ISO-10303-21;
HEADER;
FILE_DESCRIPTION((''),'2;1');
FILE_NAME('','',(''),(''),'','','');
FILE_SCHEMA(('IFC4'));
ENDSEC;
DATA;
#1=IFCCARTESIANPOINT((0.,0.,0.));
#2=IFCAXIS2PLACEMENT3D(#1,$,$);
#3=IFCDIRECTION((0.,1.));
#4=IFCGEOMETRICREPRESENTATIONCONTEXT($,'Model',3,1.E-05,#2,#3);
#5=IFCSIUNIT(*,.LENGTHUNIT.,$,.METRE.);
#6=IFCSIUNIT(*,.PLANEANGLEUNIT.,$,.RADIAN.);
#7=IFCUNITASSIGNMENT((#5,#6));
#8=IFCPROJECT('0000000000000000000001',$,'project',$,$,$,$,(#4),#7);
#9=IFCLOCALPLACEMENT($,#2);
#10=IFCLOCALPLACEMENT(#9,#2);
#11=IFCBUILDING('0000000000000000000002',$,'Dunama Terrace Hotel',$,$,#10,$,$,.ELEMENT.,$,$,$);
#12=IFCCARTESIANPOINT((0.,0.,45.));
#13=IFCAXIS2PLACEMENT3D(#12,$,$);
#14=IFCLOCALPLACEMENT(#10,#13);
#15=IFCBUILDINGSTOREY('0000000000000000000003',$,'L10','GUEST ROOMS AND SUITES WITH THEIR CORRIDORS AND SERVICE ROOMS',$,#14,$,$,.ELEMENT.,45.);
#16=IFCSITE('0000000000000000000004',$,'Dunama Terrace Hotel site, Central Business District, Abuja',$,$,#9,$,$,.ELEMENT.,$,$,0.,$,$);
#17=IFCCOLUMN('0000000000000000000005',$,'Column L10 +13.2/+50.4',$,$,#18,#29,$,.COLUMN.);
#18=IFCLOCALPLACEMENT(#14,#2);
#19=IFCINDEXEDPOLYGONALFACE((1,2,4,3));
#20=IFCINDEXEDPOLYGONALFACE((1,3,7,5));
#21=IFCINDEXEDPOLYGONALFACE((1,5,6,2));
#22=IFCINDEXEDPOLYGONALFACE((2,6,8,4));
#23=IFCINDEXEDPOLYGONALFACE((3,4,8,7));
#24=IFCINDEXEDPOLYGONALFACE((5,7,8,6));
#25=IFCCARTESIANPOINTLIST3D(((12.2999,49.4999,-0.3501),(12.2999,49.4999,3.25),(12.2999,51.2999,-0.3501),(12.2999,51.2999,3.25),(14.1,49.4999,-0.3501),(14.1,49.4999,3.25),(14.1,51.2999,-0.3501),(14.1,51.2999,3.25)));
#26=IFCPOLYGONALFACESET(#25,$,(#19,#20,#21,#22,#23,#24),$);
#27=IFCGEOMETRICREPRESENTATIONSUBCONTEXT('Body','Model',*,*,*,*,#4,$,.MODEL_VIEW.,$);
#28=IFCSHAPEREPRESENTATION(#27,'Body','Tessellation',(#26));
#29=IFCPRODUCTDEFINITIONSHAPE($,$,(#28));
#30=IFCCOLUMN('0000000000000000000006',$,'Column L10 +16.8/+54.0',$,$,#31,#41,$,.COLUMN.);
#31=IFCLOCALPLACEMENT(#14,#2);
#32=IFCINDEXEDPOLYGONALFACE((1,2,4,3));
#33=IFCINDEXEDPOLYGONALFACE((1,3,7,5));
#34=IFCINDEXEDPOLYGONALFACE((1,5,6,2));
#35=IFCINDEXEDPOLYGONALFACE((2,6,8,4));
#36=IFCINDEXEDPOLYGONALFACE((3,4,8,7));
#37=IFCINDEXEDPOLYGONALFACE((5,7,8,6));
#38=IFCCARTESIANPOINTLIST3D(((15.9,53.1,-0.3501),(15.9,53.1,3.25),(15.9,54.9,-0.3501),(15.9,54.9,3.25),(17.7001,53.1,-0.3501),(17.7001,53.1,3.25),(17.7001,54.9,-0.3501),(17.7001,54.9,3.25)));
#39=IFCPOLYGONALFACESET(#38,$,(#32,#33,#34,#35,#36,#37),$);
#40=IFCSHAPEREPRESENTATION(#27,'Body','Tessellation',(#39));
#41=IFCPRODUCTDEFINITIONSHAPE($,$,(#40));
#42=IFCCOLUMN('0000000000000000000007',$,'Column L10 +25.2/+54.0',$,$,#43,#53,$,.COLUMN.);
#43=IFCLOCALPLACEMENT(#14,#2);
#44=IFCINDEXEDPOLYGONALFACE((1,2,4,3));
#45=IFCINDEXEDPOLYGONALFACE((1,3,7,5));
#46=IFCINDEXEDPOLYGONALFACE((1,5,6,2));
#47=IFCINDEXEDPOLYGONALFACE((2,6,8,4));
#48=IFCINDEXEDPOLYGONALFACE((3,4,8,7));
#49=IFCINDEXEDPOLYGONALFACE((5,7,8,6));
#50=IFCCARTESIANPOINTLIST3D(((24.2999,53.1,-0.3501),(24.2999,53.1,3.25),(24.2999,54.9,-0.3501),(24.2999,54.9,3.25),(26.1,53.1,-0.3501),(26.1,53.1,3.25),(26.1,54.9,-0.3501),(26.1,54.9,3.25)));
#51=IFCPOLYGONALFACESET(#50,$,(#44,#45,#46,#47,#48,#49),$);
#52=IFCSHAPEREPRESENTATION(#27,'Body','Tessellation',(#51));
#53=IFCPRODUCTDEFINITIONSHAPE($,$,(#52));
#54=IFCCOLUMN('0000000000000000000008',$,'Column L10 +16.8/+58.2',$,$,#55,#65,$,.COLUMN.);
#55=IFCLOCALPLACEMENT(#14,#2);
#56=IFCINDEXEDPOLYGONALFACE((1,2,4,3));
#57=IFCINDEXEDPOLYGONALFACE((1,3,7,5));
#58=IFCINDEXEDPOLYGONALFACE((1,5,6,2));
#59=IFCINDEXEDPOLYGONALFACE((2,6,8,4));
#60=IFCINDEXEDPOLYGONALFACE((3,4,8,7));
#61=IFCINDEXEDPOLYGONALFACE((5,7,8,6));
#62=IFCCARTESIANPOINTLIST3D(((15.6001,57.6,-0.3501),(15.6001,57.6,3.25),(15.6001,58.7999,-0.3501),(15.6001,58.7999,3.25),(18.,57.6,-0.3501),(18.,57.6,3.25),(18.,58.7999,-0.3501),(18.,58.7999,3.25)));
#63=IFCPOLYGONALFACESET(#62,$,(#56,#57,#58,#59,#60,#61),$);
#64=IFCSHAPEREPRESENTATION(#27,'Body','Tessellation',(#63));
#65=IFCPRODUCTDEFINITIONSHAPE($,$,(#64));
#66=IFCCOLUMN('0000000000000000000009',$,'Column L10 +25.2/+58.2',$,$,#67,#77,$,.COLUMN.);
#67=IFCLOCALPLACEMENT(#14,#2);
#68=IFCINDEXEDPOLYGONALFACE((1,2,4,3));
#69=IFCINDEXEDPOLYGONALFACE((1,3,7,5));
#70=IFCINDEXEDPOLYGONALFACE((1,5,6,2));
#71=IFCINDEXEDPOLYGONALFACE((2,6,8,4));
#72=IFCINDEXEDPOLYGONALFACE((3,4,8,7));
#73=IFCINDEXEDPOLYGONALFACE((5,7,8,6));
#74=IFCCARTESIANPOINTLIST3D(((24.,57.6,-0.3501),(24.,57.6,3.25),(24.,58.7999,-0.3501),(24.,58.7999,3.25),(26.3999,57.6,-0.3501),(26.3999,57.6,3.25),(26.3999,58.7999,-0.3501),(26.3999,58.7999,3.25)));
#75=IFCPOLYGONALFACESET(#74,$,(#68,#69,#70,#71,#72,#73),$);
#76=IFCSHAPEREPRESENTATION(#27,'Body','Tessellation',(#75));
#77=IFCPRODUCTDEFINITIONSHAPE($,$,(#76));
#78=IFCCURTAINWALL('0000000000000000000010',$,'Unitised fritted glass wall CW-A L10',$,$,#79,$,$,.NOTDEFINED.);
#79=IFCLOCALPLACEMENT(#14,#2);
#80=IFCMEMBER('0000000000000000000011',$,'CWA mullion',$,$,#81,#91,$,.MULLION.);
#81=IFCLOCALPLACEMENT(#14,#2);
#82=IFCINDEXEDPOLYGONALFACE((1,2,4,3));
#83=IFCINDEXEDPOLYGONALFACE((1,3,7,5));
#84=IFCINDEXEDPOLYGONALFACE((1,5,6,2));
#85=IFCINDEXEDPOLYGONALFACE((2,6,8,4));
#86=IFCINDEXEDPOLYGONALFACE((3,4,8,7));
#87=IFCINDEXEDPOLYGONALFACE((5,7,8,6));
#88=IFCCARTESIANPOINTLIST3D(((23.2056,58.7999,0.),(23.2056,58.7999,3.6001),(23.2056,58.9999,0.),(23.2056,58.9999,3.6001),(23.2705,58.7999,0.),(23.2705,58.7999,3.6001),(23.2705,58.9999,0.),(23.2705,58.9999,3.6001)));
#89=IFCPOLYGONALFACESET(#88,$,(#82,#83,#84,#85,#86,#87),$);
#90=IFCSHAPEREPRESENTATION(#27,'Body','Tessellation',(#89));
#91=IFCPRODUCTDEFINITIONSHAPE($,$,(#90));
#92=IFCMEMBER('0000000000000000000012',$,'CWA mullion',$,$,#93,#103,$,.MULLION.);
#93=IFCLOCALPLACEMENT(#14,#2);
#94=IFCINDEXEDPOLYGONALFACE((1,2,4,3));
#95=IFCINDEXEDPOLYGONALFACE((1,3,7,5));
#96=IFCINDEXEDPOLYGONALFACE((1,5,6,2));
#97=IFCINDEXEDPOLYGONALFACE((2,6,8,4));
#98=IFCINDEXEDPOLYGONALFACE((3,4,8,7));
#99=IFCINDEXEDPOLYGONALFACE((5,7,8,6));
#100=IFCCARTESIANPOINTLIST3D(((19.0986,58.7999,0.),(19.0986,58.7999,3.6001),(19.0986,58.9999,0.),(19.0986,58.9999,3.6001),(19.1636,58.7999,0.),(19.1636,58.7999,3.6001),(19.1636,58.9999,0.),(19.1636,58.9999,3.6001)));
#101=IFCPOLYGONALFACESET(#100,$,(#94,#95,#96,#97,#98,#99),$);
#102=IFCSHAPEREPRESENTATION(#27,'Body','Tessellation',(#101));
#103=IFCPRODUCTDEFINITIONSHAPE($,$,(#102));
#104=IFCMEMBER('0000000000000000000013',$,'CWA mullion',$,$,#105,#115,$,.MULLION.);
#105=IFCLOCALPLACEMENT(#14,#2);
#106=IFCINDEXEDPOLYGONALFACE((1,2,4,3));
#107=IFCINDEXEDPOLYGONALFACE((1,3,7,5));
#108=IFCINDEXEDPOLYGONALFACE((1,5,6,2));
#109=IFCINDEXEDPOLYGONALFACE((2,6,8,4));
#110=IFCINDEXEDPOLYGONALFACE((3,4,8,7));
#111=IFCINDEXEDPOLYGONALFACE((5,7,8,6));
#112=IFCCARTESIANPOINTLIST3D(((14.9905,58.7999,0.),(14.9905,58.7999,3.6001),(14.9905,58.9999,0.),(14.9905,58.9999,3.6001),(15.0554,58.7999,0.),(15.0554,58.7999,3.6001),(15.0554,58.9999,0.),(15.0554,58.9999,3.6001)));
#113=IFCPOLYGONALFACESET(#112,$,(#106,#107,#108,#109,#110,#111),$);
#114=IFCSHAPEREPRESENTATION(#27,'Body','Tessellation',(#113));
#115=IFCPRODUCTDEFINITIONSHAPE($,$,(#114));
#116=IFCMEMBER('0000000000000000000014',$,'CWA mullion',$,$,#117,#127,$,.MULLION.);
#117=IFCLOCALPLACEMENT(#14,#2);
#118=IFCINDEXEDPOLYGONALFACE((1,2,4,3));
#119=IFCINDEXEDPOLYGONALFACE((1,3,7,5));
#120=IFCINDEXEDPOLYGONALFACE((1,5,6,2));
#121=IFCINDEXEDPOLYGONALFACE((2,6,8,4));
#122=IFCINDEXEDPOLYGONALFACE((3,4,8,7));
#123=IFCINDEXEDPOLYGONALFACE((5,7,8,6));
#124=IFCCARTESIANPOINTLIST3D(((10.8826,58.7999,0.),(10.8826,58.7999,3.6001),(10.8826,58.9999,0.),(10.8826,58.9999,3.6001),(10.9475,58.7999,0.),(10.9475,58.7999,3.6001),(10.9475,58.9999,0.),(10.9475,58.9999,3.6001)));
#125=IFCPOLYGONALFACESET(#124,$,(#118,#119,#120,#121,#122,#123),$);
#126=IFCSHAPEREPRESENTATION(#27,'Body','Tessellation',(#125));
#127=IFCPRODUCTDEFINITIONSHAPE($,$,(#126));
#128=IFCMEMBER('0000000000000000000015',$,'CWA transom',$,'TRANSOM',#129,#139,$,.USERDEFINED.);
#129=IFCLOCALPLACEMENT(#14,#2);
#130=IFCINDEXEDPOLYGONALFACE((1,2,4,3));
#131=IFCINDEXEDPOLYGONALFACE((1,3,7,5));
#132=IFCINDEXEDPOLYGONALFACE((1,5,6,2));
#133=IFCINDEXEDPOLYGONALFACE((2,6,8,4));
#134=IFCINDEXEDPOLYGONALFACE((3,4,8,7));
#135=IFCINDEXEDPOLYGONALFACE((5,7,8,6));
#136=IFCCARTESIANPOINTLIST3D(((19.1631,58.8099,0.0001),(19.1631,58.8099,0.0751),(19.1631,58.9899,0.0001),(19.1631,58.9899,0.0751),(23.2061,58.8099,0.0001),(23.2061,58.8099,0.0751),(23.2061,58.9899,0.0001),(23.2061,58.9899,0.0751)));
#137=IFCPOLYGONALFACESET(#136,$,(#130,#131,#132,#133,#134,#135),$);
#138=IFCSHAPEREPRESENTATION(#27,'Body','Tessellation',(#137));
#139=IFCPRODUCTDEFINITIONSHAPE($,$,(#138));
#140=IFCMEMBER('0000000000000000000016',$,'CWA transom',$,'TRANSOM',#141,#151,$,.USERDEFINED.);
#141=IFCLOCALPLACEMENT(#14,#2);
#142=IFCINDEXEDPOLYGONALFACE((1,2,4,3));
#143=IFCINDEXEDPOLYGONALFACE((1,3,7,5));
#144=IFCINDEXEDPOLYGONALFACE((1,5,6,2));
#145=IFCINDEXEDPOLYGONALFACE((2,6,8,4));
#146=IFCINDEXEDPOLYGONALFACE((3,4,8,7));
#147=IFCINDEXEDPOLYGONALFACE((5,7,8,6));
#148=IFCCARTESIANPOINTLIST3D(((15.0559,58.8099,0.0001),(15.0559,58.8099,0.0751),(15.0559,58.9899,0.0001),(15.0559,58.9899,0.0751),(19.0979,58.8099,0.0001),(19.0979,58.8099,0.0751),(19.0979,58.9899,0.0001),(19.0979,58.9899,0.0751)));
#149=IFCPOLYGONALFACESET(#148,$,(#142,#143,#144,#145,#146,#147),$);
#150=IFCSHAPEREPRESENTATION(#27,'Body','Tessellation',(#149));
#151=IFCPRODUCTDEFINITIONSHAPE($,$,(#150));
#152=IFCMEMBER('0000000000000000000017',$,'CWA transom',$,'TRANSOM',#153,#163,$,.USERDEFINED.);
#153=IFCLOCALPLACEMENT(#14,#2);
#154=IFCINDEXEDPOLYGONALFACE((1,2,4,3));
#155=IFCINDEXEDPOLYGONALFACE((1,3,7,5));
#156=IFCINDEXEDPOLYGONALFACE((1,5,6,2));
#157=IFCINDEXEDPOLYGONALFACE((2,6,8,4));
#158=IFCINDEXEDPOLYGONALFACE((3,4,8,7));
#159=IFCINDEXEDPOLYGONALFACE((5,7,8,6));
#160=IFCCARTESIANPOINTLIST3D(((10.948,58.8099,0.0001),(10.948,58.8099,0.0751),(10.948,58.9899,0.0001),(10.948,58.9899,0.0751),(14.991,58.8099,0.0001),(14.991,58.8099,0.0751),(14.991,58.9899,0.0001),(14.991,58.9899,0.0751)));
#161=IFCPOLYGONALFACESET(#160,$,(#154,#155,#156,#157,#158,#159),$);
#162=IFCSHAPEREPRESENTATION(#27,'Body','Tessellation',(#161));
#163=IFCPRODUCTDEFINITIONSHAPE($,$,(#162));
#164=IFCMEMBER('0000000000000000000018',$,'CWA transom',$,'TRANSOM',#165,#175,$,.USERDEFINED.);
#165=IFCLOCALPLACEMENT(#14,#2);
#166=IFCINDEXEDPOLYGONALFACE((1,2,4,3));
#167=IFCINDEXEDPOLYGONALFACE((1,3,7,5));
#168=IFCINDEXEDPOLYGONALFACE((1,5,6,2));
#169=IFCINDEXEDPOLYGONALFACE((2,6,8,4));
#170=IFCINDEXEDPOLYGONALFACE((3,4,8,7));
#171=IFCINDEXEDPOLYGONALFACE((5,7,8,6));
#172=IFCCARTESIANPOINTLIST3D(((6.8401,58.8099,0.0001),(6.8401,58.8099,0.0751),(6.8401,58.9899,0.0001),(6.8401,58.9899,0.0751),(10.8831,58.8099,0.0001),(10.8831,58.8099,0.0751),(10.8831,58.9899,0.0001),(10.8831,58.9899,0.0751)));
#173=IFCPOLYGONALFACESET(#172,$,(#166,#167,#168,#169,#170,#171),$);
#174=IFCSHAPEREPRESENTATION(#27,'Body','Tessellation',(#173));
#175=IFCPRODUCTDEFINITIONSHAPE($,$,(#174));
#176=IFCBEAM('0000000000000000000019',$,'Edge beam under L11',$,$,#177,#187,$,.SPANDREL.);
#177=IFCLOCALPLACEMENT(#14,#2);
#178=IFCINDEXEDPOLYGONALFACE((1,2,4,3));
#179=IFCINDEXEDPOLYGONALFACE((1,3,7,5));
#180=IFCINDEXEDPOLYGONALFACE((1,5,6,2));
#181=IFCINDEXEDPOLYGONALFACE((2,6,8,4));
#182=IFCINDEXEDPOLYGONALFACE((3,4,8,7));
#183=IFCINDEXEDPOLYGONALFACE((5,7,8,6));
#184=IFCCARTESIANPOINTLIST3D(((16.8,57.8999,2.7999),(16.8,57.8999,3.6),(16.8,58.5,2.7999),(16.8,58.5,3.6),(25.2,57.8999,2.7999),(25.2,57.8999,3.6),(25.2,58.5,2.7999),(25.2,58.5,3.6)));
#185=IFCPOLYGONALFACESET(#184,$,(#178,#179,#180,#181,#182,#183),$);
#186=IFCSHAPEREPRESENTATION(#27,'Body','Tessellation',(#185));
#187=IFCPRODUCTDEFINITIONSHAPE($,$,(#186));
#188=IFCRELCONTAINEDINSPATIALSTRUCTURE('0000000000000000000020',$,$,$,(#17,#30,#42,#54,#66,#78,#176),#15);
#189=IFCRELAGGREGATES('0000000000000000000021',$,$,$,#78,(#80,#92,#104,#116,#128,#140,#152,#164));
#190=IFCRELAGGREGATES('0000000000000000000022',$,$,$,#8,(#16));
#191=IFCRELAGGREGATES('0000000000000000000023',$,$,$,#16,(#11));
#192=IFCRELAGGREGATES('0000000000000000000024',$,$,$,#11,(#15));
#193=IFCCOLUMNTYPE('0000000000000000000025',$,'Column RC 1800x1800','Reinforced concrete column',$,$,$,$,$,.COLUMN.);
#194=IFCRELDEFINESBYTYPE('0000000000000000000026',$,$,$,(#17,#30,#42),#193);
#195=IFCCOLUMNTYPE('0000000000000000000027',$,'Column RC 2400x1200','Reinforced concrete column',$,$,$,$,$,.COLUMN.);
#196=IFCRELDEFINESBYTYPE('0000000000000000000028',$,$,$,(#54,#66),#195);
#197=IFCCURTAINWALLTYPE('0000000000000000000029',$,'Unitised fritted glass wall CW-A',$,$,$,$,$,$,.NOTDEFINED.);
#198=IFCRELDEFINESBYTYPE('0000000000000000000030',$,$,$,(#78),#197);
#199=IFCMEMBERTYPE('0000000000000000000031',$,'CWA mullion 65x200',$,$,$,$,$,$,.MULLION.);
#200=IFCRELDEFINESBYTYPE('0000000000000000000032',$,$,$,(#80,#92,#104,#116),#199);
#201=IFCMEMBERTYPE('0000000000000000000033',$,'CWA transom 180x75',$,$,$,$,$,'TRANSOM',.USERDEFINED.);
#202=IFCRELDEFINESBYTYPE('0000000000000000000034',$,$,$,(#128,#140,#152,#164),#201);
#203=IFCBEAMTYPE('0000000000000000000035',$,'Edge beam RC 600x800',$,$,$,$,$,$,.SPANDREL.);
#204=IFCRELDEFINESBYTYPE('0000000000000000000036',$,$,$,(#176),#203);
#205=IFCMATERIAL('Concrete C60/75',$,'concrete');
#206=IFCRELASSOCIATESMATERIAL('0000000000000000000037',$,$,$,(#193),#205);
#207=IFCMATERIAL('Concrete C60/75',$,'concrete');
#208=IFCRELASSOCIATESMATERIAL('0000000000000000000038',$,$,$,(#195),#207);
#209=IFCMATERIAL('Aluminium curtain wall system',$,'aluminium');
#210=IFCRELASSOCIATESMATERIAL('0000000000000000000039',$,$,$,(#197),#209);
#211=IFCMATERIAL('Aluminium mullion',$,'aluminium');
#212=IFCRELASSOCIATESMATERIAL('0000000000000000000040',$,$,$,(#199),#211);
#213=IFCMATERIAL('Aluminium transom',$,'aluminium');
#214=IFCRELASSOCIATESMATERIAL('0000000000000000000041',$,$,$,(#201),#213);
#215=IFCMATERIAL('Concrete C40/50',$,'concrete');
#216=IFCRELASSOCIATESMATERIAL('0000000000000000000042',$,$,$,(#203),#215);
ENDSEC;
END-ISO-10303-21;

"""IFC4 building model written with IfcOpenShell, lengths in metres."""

from ifc_helpers import new_model, si_unit, direction, frame, origin, origin_2d, place, context, subcontext, project, spatial, rectangle, extrude, material, material_profile, profile_set, type_object, element, aggregate, save


model = new_model("IFC4")

# Units and contexts
model_context = context("Model", 3, precision=1e-05, world=origin(), true_north=direction((0.0, 1.0)))
body_context = subcontext(model_context, "Body", "Model", "MODEL_VIEW")
ifc_project = project(units=[si_unit("LENGTHUNIT", "METRE"), si_unit("PLANEANGLEUNIT", "RADIAN")], contexts=[model_context])

# Site, building, storey
site_placement = place(None, origin())
site = spatial("IfcSite", under=ifc_project, at=site_placement, Name="Dunama Terrace Hotel site, Central Business District, Abuja", CompositionType="ELEMENT", RefElevation=0.0)
building_placement = place(site_placement, origin())
building = spatial("IfcBuilding", under=site, at=building_placement, Name="Dunama Terrace Hotel", CompositionType="ELEMENT")
storey_placement = place(building_placement, frame((0.0, 0.0, 45.0)))
storey = spatial("IfcBuildingStorey", under=building, at=storey_placement, Name="L10", Description="GUEST ROOMS AND SUITES WITH THEIR CORRIDORS AND SERVICE ROOMS", CompositionType="ELEMENT", Elevation=45.0)

# Columns
ifc_material_1 = material(Name="Concrete C60/75", Category="concrete")
ifc_material_profile_1 = material_profile(ifc_material_1, rectangle(XDim=1.8, YDim=1.8, at=origin_2d()), Name="RC 1800x1800")
ifc_profile_set_1 = profile_set([ifc_material_profile_1], Name="Concrete C60/75")
column_type_1 = type_object("IfcColumnType", Name="Column RC 1800x1800", Description="Reinforced concrete column", PredefinedType="COLUMN", material=ifc_profile_set_1)
for number, where, z_axis, x_axis, name in (
    (1, (13.2, 50.3999, -0.3501), (0.0, 0.0, 1.0), (1.0, 0.0, 0.0), "Column L10 +13.2/+50.4"),
    (2, (16.8, 54.0, -0.3501), (0.0, 0.0, 1.0), (1.0, 0.0, 0.0), "Column L10 +16.8/+54.0"),
    (3, (25.2, 54.0, -0.3501), (0.0, 0.0, 1.0), (1.0, 0.0, 0.0), "Column L10 +25.2/+54.0"),
):
    element("IfcColumn", number, at=place(storey_placement, frame(where, z_axis=z_axis, x_axis=x_axis)), inside=storey, type_object=column_type_1, Name=name, PredefinedType="COLUMN", context=body_context, shape_type="SweptSolid", body=[
        extrude(rectangle(XDim=1.8, YDim=1.8, at=origin_2d()), origin(), (0.0, 0.0, 1.0), 3.6001),
    ])
ifc_material_2 = material(Name="Concrete C60/75", Category="concrete")
ifc_material_profile_2 = material_profile(ifc_material_2, rectangle(XDim=2.3999, YDim=1.2, at=origin_2d()), Name="RC 2400x1200")
ifc_profile_set_2 = profile_set([ifc_material_profile_2], Name="Concrete C60/75")
column_type_2 = type_object("IfcColumnType", Name="Column RC 2400x1200", Description="Reinforced concrete column", PredefinedType="COLUMN", material=ifc_profile_set_2)
for number, where, z_axis, x_axis, name in (
    (4, (16.8, 58.2, -0.3501), (0.0, 0.0, 1.0), (1.0, 0.0, 0.0), "Column L10 +16.8/+58.2"),
    (5, (25.2, 58.2, -0.3501), (0.0, 0.0, 1.0), (1.0, 0.0, 0.0), "Column L10 +25.2/+58.2"),
):
    element("IfcColumn", number, at=place(storey_placement, frame(where, z_axis=z_axis, x_axis=x_axis)), inside=storey, type_object=column_type_2, Name=name, PredefinedType="COLUMN", context=body_context, shape_type="SweptSolid", body=[
        extrude(rectangle(XDim=2.3999, YDim=1.2, at=origin_2d()), origin(), (0.0, 0.0, 1.0), 3.6001),
    ])

# Curtain wall, members
ifc_material_3 = material(Name="Aluminium curtain wall system", Category="aluminium")
curtain_wall_type = type_object("IfcCurtainWallType", Name="Unitised fritted glass wall CW-A", PredefinedType="NOTDEFINED", material=ifc_material_3)
curtain_wall_placement = place(storey_placement, origin())
curtain_wall = element("IfcCurtainWall", 6, at=curtain_wall_placement, inside=storey, type_object=curtain_wall_type, Name="Unitised fritted glass wall CW-A L10", PredefinedType="NOTDEFINED")
ifc_material_4 = material(Name="Aluminium mullion", Category="aluminium")
ifc_material_profile_3 = material_profile(ifc_material_4, rectangle(XDim=0.0649, YDim=0.2, at=origin_2d()), Name="CWA MULLION 65X200")
ifc_profile_set_3 = profile_set([ifc_material_profile_3], Name="Aluminium mullion")
member_type_1 = type_object("IfcMemberType", Name="CWA mullion 65x200", PredefinedType="MULLION", material=ifc_profile_set_3)
member_1_placement = place(storey_placement, frame((23.238, 58.8999, 0.0), z_axis=(0.0, 0.0, 1.0), x_axis=(-1.0, 0.0, 0.0)))
member_1 = element("IfcMember", 7, at=member_1_placement, type_object=member_type_1, Name="CWA mullion", PredefinedType="MULLION", context=body_context, shape_type="SweptSolid", body=[
    extrude(rectangle(XDim=0.0649, YDim=0.2, at=origin_2d()), origin(), (0.0, 0.0, 1.0), 3.6001),
])
member_2_placement = place(storey_placement, frame((19.1311, 58.8999, 0.0), z_axis=(0.0, 0.0, 1.0), x_axis=(-1.0, 0.0, 0.0)))
member_2 = element("IfcMember", 8, at=member_2_placement, type_object=member_type_1, Name="CWA mullion", PredefinedType="MULLION", context=body_context, shape_type="SweptSolid", body=[
    extrude(rectangle(XDim=0.0649, YDim=0.2, at=origin_2d()), origin(), (0.0, 0.0, 1.0), 3.6001),
])
member_3_placement = place(storey_placement, frame((15.0229, 58.8999, 0.0), z_axis=(0.0, 0.0, 1.0), x_axis=(-1.0, 0.0, 0.0)))
member_3 = element("IfcMember", 9, at=member_3_placement, type_object=member_type_1, Name="CWA mullion", PredefinedType="MULLION", context=body_context, shape_type="SweptSolid", body=[
    extrude(rectangle(XDim=0.0649, YDim=0.2, at=origin_2d()), origin(), (0.0, 0.0, 1.0), 3.6001),
])
member_4_placement = place(storey_placement, frame((10.915, 58.8999, 0.0), z_axis=(0.0, 0.0, 1.0), x_axis=(-1.0, 0.0, 0.0)))
member_4 = element("IfcMember", 10, at=member_4_placement, type_object=member_type_1, Name="CWA mullion", PredefinedType="MULLION", context=body_context, shape_type="SweptSolid", body=[
    extrude(rectangle(XDim=0.0649, YDim=0.2, at=origin_2d()), origin(), (0.0, 0.0, 1.0), 3.6001),
])
ifc_material_5 = material(Name="Aluminium transom", Category="aluminium")
ifc_material_profile_4 = material_profile(ifc_material_5, rectangle(XDim=0.1799, YDim=0.075, at=origin_2d()), Name="CWA TRANSOM 180X75")
ifc_profile_set_4 = profile_set([ifc_material_profile_4], Name="Aluminium transom")
member_type_2 = type_object("IfcMemberType", Name="CWA transom 180x75", ElementType="TRANSOM", PredefinedType="USERDEFINED", material=ifc_profile_set_4)
member_5_placement = place(storey_placement, frame((23.2061, 58.8999, 0.0376), z_axis=(-1.0, 0.0, 0.0), x_axis=(0.0, -1.0, 0.0)))
member_5 = element("IfcMember", 11, at=member_5_placement, type_object=member_type_2, Name="CWA transom", ObjectType="TRANSOM", PredefinedType="USERDEFINED", context=body_context, shape_type="SweptSolid", body=[
    extrude(rectangle(XDim=0.1799, YDim=0.075, at=origin_2d()), origin(), (0.0, 0.0, 1.0), 4.043),
])
member_6_placement = place(storey_placement, frame((19.0979, 58.8999, 0.0376), z_axis=(-1.0, 0.0, 0.0), x_axis=(0.0, -1.0, 0.0)))
member_6 = element("IfcMember", 12, at=member_6_placement, type_object=member_type_2, Name="CWA transom", ObjectType="TRANSOM", PredefinedType="USERDEFINED", context=body_context, shape_type="SweptSolid", body=[
    extrude(rectangle(XDim=0.1799, YDim=0.075, at=origin_2d()), origin(), (0.0, 0.0, 1.0), 4.042),
])
member_7_placement = place(storey_placement, frame((14.991, 58.8999, 0.0376), z_axis=(-1.0, 0.0, 0.0), x_axis=(0.0, -1.0, 0.0)))
member_7 = element("IfcMember", 13, at=member_7_placement, type_object=member_type_2, Name="CWA transom", ObjectType="TRANSOM", PredefinedType="USERDEFINED", context=body_context, shape_type="SweptSolid", body=[
    extrude(rectangle(XDim=0.1799, YDim=0.075, at=origin_2d()), origin(), (0.0, 0.0, 1.0), 4.043),
])
member_8_placement = place(storey_placement, frame((10.8831, 58.8999, 0.0376), z_axis=(-1.0, 0.0, 0.0), x_axis=(0.0, -1.0, 0.0)))
member_8 = element("IfcMember", 14, at=member_8_placement, type_object=member_type_2, Name="CWA transom", ObjectType="TRANSOM", PredefinedType="USERDEFINED", context=body_context, shape_type="SweptSolid", body=[
    extrude(rectangle(XDim=0.1799, YDim=0.075, at=origin_2d()), origin(), (0.0, 0.0, 1.0), 4.043),
])

# Beam
ifc_material_6 = material(Name="Concrete C40/50", Category="concrete")
ifc_material_profile_5 = material_profile(ifc_material_6, rectangle(XDim=0.6001, YDim=0.8, at=origin_2d()), Name="RC 600x800")
ifc_profile_set_5 = profile_set([ifc_material_profile_5], Name="Concrete C40/50")
beam_type = type_object("IfcBeamType", Name="Edge beam RC 600x800", PredefinedType="SPANDREL", material=ifc_profile_set_5)
beam_1_placement = place(storey_placement, frame((16.8, 58.2, 3.2), z_axis=(1.0, 0.0, 0.0), x_axis=(0.0, 1.0, 0.0)))
element("IfcBeam", 15, at=beam_1_placement, inside=storey, type_object=beam_type, Name="Edge beam under L11", PredefinedType="SPANDREL", context=body_context, shape_type="SweptSolid", body=[
    extrude(rectangle(XDim=0.6001, YDim=0.8, at=origin_2d()), origin(), (0.0, 0.0, 1.0), 8.3999),
])

aggregate(curtain_wall, [member_1, member_2, member_3, member_4, member_5, member_6, member_7, member_8])

save(model, "model.ifc")
